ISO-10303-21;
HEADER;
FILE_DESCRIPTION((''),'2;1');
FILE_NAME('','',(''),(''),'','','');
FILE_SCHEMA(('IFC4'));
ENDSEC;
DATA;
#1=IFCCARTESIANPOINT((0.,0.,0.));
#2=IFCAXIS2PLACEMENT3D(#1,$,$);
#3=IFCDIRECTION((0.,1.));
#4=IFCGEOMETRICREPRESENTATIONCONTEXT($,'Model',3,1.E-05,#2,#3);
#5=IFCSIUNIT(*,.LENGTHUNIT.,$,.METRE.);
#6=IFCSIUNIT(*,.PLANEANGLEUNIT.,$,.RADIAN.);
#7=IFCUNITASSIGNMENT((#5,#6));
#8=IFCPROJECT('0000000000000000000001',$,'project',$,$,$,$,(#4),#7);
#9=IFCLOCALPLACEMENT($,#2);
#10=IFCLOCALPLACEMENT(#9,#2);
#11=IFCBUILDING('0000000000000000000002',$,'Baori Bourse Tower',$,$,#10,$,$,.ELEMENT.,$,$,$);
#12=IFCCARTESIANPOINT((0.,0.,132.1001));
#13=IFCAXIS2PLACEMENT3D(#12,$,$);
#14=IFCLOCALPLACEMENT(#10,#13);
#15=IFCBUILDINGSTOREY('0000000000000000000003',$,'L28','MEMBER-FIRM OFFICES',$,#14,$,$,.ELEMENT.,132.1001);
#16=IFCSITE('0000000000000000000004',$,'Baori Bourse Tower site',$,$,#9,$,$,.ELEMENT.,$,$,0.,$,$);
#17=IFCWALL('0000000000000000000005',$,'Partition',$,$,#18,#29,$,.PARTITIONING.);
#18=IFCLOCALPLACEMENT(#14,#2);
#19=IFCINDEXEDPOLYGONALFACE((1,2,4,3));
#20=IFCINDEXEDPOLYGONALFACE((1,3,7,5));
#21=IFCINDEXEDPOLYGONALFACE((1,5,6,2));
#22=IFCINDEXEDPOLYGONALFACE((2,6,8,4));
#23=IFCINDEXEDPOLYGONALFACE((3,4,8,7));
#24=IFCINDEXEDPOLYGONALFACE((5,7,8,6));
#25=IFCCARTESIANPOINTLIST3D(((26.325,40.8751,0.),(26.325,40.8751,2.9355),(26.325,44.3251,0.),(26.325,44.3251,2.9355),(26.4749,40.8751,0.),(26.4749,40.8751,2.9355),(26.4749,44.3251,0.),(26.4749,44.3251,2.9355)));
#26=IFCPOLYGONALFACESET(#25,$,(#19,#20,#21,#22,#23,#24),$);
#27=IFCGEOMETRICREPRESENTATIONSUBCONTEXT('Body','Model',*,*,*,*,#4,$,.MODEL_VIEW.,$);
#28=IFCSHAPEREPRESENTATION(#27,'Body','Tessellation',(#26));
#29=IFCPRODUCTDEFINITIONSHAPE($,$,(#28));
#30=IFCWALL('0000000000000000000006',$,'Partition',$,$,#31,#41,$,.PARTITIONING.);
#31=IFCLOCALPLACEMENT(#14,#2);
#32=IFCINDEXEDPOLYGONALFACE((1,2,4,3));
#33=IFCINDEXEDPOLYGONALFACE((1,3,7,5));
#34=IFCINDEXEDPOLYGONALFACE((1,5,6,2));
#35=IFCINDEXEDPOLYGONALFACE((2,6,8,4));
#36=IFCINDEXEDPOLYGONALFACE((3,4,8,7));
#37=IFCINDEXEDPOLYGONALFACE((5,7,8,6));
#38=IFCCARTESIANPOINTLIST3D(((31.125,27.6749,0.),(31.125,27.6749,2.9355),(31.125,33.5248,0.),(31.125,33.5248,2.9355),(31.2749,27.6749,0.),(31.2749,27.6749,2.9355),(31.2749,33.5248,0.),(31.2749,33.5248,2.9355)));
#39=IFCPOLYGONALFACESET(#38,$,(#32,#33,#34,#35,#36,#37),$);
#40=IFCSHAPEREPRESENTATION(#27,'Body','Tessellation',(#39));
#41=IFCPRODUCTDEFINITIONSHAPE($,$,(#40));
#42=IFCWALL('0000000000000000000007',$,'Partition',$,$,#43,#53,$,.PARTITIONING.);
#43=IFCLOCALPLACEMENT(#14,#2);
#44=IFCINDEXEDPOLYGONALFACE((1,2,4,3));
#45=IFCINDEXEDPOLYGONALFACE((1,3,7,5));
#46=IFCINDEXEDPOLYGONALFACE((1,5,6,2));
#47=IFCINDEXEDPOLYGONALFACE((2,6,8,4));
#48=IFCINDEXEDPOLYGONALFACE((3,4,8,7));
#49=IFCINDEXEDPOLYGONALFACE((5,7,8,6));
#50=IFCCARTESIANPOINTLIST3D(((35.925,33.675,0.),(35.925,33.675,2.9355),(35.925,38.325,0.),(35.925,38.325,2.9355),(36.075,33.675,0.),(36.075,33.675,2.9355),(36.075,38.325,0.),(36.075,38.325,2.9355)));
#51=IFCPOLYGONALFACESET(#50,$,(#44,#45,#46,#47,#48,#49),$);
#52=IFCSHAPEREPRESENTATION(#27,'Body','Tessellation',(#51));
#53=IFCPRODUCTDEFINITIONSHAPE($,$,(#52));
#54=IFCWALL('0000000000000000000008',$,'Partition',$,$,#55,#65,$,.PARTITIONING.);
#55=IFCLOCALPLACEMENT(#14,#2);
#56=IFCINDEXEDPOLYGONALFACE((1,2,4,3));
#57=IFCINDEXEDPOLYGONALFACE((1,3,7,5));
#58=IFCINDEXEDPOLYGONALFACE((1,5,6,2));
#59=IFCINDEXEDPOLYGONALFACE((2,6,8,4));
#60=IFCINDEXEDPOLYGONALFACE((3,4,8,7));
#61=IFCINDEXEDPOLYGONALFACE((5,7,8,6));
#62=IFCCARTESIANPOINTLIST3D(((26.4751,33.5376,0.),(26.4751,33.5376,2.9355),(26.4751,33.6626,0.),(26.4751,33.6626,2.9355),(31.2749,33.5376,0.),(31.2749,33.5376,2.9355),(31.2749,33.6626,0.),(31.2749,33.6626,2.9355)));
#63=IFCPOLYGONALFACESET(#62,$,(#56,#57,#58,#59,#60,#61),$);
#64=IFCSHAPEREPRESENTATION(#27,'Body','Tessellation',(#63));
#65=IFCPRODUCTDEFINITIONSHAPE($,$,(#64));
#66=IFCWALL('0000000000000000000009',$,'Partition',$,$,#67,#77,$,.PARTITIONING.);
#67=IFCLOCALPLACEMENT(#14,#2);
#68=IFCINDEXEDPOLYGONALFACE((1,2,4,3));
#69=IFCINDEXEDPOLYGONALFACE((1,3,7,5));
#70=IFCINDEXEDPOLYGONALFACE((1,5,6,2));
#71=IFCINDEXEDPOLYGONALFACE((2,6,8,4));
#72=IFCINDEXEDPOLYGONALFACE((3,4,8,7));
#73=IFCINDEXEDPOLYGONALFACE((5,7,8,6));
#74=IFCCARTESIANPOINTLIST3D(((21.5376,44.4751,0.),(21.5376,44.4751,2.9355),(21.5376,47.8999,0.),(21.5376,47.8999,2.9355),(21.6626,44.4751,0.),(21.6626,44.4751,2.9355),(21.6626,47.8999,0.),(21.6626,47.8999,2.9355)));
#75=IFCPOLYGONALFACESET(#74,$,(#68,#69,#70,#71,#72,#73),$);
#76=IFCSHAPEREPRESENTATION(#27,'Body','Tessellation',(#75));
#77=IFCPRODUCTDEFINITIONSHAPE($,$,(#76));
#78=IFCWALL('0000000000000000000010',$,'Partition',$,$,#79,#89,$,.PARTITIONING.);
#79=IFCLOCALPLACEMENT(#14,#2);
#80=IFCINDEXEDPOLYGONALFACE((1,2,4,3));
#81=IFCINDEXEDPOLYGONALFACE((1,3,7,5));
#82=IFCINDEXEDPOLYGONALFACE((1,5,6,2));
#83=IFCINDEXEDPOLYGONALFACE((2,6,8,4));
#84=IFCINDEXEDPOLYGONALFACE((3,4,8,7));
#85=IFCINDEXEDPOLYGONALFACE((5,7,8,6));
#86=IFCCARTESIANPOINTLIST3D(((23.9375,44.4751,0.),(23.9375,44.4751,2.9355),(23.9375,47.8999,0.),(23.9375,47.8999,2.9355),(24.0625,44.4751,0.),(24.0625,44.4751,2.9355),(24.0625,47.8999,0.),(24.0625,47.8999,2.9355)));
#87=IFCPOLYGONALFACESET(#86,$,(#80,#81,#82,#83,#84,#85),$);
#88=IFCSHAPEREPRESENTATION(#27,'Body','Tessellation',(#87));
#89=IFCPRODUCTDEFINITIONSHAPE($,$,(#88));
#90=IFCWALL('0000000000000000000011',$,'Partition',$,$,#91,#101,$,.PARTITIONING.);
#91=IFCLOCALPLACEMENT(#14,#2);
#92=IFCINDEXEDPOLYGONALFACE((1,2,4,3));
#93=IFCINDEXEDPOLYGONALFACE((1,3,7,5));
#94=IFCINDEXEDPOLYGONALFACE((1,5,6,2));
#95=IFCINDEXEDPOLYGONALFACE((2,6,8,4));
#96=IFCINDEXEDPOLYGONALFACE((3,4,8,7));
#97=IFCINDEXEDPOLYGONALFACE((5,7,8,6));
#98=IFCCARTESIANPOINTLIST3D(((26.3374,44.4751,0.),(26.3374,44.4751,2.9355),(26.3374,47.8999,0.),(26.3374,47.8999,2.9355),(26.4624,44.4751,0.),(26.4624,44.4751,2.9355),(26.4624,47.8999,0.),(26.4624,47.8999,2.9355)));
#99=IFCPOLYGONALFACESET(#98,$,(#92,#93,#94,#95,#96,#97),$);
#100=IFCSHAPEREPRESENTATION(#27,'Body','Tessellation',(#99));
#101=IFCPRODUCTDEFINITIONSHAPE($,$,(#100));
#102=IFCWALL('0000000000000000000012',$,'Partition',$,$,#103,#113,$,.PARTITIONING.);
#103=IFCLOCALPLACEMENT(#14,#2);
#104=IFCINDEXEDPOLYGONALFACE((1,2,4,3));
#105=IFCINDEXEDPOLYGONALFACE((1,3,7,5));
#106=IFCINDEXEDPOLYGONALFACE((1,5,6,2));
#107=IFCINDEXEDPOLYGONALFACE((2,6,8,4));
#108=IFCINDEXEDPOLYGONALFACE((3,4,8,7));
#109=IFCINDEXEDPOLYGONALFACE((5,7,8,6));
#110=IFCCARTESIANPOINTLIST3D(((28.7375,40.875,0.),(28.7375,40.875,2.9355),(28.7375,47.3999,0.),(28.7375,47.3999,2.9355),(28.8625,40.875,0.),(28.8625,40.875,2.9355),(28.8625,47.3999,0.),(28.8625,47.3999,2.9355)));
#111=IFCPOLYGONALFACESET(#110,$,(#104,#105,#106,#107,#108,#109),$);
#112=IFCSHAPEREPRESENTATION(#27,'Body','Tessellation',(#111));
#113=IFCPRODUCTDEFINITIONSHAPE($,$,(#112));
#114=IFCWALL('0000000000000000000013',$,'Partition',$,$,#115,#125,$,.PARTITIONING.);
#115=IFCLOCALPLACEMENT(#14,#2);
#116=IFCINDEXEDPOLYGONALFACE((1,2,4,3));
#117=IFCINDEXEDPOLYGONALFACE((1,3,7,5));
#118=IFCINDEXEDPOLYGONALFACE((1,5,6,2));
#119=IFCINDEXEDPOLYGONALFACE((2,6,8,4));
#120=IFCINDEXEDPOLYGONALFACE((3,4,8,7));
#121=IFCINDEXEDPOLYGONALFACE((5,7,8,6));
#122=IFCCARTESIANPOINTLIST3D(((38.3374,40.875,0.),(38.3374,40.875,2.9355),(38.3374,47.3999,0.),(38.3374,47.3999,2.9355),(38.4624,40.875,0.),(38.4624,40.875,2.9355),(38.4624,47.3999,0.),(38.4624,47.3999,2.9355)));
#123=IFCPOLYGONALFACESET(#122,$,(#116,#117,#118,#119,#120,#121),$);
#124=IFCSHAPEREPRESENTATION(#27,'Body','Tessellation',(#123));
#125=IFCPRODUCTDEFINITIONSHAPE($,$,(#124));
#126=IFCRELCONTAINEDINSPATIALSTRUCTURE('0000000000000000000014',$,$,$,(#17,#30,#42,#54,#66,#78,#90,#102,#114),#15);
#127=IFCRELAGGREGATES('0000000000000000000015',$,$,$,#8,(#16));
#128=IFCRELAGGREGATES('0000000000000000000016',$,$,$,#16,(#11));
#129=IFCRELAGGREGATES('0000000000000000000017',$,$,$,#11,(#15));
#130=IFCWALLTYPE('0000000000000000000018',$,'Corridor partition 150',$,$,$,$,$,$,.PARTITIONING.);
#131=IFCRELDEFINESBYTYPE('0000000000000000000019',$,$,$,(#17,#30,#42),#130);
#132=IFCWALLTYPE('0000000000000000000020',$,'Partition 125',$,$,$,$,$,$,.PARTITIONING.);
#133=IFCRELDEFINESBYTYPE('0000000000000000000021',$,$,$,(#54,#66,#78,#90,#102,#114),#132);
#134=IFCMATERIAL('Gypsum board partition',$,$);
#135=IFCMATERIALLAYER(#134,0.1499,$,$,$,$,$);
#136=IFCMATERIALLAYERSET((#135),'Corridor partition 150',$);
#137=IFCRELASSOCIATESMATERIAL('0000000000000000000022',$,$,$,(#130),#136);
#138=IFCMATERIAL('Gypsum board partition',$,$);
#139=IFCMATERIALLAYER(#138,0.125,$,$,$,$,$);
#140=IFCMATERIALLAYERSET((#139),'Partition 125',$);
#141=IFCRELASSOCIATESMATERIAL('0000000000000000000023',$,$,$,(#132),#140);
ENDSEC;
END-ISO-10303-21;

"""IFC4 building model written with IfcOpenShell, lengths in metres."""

from ifc_helpers import new_model, si_unit, direction, frame, frame_2d, origin, place, context, subcontext, project, spatial, rectangle, extrude, material, layer, layer_set, type_object, element, save


model = new_model("IFC4")

# Units and contexts
model_context = context("Model", 3, precision=1e-05, world=origin(), true_north=direction((0.0, 1.0)))
body_context = subcontext(model_context, "Body", "Model", "MODEL_VIEW")
ifc_project = project(units=[si_unit("LENGTHUNIT", "METRE"), si_unit("PLANEANGLEUNIT", "RADIAN")], contexts=[model_context])

# Site, building, storey
site_placement = place(None, origin())
site = spatial("IfcSite", under=ifc_project, at=site_placement, Name="Baori Bourse Tower site", CompositionType="ELEMENT", RefElevation=0.0)
building_placement = place(site_placement, origin())
building = spatial("IfcBuilding", under=site, at=building_placement, Name="Baori Bourse Tower", CompositionType="ELEMENT")
storey_placement = place(building_placement, frame((0.0, 0.0, 132.1001)))
storey = spatial("IfcBuildingStorey", under=building, at=storey_placement, Name="L28", Description="MEMBER-FIRM OFFICES", CompositionType="ELEMENT", Elevation=132.1001)

# Shared definitions
ifc_material_1 = material(Name="Gypsum board partition")
ifc_layer_1 = layer(ifc_material_1, 0.1499)
ifc_layer_set_1 = layer_set([ifc_layer_1], Name="Corridor partition 150")
wall_type_1 = type_object("IfcWallType", Name="Corridor partition 150", PredefinedType="PARTITIONING", material=ifc_layer_set_1)

# Walls
wall_1_placement = place(storey_placement, frame((26.3999, 40.875, 0.0), z_axis=(0.0, 0.0, 1.0), x_axis=(0.0, 1.0, 0.0)))
element("IfcWall", 1, at=wall_1_placement, inside=storey, type_object=wall_type_1, Name="Partition", PredefinedType="PARTITIONING", context=body_context, shape_type="SweptSolid", body=[
    extrude(rectangle(XDim=3.45, YDim=0.1499, at=frame_2d((1.7251, 0.0))), origin(), (0.0, 0.0, 1.0), 2.9355),
])
wall_2_placement = place(storey_placement, frame((31.2, 27.675, 0.0), z_axis=(0.0, 0.0, 1.0), x_axis=(0.0, 1.0, 0.0)))
element("IfcWall", 2, at=wall_2_placement, inside=storey, type_object=wall_type_1, Name="Partition", PredefinedType="PARTITIONING", context=body_context, shape_type="SweptSolid", body=[
    extrude(rectangle(XDim=5.8499, YDim=0.1499, at=frame_2d((2.9248, 0.0))), origin(), (0.0, 0.0, 1.0), 2.9355),
])
wall_3_placement = place(storey_placement, frame((36.0, 33.675, 0.0), z_axis=(0.0, 0.0, 1.0), x_axis=(0.0, 1.0, 0.0)))
element("IfcWall", 3, at=wall_3_placement, inside=storey, type_object=wall_type_1, Name="Partition", PredefinedType="PARTITIONING", context=body_context, shape_type="SweptSolid", body=[
    extrude(rectangle(XDim=4.6499, YDim=0.1499, at=frame_2d((2.325, 0.0))), origin(), (0.0, 0.0, 1.0), 2.9355),
])
ifc_material_2 = material(Name="Gypsum board partition")
ifc_layer_2 = layer(ifc_material_2, 0.125)
ifc_layer_set_2 = layer_set([ifc_layer_2], Name="Partition 125")
wall_type_2 = type_object("IfcWallType", Name="Partition 125", PredefinedType="PARTITIONING", material=ifc_layer_set_2)
wall_4_placement = place(storey_placement, frame((26.4751, 33.6001, 0.0), z_axis=(0.0, 0.0, 1.0), x_axis=(1.0, 0.0, 0.0)))
element("IfcWall", 4, at=wall_4_placement, inside=storey, type_object=wall_type_2, Name="Partition", PredefinedType="PARTITIONING", context=body_context, shape_type="SweptSolid", body=[
    extrude(rectangle(XDim=4.7998, YDim=0.125, at=frame_2d((2.3999, 0.0))), origin(), (0.0, 0.0, 1.0), 2.9355),
])
for number, where, z_axis, x_axis, name in (
    (5, (21.6001, 44.4751, 0.0), (0.0, 0.0, 1.0), (0.0, 1.0, 0.0), "Partition"),
    (6, (24.0, 44.4751, 0.0), (0.0, 0.0, 1.0), (0.0, 1.0, 0.0), "Partition"),
    (7, (26.3999, 44.4751, 0.0), (0.0, 0.0, 1.0), (0.0, 1.0, 0.0), "Partition"),
):
    element("IfcWall", number, at=place(storey_placement, frame(where, z_axis=z_axis, x_axis=x_axis)), inside=storey, type_object=wall_type_2, Name=name, PredefinedType="PARTITIONING", context=body_context, shape_type="SweptSolid", body=[
        extrude(rectangle(XDim=3.4248, YDim=0.125, at=frame_2d((1.7124, 0.0))), origin(), (0.0, 0.0, 1.0), 2.9355),
    ])
for number, where, z_axis, x_axis, name in (
    (8, (28.8, 40.875, 0.0), (0.0, 0.0, 1.0), (0.0, 1.0, 0.0), "Partition"),
    (9, (38.3999, 40.875, 0.0), (0.0, 0.0, 1.0), (0.0, 1.0, 0.0), "Partition"),
):
    element("IfcWall", number, at=place(storey_placement, frame(where, z_axis=z_axis, x_axis=x_axis)), inside=storey, type_object=wall_type_2, Name=name, PredefinedType="PARTITIONING", context=body_context, shape_type="SweptSolid", body=[
        extrude(rectangle(XDim=6.5249, YDim=0.125, at=frame_2d((3.2625, 0.0))), origin(), (0.0, 0.0, 1.0), 2.9355),
    ])

save(model, "model.ifc")
